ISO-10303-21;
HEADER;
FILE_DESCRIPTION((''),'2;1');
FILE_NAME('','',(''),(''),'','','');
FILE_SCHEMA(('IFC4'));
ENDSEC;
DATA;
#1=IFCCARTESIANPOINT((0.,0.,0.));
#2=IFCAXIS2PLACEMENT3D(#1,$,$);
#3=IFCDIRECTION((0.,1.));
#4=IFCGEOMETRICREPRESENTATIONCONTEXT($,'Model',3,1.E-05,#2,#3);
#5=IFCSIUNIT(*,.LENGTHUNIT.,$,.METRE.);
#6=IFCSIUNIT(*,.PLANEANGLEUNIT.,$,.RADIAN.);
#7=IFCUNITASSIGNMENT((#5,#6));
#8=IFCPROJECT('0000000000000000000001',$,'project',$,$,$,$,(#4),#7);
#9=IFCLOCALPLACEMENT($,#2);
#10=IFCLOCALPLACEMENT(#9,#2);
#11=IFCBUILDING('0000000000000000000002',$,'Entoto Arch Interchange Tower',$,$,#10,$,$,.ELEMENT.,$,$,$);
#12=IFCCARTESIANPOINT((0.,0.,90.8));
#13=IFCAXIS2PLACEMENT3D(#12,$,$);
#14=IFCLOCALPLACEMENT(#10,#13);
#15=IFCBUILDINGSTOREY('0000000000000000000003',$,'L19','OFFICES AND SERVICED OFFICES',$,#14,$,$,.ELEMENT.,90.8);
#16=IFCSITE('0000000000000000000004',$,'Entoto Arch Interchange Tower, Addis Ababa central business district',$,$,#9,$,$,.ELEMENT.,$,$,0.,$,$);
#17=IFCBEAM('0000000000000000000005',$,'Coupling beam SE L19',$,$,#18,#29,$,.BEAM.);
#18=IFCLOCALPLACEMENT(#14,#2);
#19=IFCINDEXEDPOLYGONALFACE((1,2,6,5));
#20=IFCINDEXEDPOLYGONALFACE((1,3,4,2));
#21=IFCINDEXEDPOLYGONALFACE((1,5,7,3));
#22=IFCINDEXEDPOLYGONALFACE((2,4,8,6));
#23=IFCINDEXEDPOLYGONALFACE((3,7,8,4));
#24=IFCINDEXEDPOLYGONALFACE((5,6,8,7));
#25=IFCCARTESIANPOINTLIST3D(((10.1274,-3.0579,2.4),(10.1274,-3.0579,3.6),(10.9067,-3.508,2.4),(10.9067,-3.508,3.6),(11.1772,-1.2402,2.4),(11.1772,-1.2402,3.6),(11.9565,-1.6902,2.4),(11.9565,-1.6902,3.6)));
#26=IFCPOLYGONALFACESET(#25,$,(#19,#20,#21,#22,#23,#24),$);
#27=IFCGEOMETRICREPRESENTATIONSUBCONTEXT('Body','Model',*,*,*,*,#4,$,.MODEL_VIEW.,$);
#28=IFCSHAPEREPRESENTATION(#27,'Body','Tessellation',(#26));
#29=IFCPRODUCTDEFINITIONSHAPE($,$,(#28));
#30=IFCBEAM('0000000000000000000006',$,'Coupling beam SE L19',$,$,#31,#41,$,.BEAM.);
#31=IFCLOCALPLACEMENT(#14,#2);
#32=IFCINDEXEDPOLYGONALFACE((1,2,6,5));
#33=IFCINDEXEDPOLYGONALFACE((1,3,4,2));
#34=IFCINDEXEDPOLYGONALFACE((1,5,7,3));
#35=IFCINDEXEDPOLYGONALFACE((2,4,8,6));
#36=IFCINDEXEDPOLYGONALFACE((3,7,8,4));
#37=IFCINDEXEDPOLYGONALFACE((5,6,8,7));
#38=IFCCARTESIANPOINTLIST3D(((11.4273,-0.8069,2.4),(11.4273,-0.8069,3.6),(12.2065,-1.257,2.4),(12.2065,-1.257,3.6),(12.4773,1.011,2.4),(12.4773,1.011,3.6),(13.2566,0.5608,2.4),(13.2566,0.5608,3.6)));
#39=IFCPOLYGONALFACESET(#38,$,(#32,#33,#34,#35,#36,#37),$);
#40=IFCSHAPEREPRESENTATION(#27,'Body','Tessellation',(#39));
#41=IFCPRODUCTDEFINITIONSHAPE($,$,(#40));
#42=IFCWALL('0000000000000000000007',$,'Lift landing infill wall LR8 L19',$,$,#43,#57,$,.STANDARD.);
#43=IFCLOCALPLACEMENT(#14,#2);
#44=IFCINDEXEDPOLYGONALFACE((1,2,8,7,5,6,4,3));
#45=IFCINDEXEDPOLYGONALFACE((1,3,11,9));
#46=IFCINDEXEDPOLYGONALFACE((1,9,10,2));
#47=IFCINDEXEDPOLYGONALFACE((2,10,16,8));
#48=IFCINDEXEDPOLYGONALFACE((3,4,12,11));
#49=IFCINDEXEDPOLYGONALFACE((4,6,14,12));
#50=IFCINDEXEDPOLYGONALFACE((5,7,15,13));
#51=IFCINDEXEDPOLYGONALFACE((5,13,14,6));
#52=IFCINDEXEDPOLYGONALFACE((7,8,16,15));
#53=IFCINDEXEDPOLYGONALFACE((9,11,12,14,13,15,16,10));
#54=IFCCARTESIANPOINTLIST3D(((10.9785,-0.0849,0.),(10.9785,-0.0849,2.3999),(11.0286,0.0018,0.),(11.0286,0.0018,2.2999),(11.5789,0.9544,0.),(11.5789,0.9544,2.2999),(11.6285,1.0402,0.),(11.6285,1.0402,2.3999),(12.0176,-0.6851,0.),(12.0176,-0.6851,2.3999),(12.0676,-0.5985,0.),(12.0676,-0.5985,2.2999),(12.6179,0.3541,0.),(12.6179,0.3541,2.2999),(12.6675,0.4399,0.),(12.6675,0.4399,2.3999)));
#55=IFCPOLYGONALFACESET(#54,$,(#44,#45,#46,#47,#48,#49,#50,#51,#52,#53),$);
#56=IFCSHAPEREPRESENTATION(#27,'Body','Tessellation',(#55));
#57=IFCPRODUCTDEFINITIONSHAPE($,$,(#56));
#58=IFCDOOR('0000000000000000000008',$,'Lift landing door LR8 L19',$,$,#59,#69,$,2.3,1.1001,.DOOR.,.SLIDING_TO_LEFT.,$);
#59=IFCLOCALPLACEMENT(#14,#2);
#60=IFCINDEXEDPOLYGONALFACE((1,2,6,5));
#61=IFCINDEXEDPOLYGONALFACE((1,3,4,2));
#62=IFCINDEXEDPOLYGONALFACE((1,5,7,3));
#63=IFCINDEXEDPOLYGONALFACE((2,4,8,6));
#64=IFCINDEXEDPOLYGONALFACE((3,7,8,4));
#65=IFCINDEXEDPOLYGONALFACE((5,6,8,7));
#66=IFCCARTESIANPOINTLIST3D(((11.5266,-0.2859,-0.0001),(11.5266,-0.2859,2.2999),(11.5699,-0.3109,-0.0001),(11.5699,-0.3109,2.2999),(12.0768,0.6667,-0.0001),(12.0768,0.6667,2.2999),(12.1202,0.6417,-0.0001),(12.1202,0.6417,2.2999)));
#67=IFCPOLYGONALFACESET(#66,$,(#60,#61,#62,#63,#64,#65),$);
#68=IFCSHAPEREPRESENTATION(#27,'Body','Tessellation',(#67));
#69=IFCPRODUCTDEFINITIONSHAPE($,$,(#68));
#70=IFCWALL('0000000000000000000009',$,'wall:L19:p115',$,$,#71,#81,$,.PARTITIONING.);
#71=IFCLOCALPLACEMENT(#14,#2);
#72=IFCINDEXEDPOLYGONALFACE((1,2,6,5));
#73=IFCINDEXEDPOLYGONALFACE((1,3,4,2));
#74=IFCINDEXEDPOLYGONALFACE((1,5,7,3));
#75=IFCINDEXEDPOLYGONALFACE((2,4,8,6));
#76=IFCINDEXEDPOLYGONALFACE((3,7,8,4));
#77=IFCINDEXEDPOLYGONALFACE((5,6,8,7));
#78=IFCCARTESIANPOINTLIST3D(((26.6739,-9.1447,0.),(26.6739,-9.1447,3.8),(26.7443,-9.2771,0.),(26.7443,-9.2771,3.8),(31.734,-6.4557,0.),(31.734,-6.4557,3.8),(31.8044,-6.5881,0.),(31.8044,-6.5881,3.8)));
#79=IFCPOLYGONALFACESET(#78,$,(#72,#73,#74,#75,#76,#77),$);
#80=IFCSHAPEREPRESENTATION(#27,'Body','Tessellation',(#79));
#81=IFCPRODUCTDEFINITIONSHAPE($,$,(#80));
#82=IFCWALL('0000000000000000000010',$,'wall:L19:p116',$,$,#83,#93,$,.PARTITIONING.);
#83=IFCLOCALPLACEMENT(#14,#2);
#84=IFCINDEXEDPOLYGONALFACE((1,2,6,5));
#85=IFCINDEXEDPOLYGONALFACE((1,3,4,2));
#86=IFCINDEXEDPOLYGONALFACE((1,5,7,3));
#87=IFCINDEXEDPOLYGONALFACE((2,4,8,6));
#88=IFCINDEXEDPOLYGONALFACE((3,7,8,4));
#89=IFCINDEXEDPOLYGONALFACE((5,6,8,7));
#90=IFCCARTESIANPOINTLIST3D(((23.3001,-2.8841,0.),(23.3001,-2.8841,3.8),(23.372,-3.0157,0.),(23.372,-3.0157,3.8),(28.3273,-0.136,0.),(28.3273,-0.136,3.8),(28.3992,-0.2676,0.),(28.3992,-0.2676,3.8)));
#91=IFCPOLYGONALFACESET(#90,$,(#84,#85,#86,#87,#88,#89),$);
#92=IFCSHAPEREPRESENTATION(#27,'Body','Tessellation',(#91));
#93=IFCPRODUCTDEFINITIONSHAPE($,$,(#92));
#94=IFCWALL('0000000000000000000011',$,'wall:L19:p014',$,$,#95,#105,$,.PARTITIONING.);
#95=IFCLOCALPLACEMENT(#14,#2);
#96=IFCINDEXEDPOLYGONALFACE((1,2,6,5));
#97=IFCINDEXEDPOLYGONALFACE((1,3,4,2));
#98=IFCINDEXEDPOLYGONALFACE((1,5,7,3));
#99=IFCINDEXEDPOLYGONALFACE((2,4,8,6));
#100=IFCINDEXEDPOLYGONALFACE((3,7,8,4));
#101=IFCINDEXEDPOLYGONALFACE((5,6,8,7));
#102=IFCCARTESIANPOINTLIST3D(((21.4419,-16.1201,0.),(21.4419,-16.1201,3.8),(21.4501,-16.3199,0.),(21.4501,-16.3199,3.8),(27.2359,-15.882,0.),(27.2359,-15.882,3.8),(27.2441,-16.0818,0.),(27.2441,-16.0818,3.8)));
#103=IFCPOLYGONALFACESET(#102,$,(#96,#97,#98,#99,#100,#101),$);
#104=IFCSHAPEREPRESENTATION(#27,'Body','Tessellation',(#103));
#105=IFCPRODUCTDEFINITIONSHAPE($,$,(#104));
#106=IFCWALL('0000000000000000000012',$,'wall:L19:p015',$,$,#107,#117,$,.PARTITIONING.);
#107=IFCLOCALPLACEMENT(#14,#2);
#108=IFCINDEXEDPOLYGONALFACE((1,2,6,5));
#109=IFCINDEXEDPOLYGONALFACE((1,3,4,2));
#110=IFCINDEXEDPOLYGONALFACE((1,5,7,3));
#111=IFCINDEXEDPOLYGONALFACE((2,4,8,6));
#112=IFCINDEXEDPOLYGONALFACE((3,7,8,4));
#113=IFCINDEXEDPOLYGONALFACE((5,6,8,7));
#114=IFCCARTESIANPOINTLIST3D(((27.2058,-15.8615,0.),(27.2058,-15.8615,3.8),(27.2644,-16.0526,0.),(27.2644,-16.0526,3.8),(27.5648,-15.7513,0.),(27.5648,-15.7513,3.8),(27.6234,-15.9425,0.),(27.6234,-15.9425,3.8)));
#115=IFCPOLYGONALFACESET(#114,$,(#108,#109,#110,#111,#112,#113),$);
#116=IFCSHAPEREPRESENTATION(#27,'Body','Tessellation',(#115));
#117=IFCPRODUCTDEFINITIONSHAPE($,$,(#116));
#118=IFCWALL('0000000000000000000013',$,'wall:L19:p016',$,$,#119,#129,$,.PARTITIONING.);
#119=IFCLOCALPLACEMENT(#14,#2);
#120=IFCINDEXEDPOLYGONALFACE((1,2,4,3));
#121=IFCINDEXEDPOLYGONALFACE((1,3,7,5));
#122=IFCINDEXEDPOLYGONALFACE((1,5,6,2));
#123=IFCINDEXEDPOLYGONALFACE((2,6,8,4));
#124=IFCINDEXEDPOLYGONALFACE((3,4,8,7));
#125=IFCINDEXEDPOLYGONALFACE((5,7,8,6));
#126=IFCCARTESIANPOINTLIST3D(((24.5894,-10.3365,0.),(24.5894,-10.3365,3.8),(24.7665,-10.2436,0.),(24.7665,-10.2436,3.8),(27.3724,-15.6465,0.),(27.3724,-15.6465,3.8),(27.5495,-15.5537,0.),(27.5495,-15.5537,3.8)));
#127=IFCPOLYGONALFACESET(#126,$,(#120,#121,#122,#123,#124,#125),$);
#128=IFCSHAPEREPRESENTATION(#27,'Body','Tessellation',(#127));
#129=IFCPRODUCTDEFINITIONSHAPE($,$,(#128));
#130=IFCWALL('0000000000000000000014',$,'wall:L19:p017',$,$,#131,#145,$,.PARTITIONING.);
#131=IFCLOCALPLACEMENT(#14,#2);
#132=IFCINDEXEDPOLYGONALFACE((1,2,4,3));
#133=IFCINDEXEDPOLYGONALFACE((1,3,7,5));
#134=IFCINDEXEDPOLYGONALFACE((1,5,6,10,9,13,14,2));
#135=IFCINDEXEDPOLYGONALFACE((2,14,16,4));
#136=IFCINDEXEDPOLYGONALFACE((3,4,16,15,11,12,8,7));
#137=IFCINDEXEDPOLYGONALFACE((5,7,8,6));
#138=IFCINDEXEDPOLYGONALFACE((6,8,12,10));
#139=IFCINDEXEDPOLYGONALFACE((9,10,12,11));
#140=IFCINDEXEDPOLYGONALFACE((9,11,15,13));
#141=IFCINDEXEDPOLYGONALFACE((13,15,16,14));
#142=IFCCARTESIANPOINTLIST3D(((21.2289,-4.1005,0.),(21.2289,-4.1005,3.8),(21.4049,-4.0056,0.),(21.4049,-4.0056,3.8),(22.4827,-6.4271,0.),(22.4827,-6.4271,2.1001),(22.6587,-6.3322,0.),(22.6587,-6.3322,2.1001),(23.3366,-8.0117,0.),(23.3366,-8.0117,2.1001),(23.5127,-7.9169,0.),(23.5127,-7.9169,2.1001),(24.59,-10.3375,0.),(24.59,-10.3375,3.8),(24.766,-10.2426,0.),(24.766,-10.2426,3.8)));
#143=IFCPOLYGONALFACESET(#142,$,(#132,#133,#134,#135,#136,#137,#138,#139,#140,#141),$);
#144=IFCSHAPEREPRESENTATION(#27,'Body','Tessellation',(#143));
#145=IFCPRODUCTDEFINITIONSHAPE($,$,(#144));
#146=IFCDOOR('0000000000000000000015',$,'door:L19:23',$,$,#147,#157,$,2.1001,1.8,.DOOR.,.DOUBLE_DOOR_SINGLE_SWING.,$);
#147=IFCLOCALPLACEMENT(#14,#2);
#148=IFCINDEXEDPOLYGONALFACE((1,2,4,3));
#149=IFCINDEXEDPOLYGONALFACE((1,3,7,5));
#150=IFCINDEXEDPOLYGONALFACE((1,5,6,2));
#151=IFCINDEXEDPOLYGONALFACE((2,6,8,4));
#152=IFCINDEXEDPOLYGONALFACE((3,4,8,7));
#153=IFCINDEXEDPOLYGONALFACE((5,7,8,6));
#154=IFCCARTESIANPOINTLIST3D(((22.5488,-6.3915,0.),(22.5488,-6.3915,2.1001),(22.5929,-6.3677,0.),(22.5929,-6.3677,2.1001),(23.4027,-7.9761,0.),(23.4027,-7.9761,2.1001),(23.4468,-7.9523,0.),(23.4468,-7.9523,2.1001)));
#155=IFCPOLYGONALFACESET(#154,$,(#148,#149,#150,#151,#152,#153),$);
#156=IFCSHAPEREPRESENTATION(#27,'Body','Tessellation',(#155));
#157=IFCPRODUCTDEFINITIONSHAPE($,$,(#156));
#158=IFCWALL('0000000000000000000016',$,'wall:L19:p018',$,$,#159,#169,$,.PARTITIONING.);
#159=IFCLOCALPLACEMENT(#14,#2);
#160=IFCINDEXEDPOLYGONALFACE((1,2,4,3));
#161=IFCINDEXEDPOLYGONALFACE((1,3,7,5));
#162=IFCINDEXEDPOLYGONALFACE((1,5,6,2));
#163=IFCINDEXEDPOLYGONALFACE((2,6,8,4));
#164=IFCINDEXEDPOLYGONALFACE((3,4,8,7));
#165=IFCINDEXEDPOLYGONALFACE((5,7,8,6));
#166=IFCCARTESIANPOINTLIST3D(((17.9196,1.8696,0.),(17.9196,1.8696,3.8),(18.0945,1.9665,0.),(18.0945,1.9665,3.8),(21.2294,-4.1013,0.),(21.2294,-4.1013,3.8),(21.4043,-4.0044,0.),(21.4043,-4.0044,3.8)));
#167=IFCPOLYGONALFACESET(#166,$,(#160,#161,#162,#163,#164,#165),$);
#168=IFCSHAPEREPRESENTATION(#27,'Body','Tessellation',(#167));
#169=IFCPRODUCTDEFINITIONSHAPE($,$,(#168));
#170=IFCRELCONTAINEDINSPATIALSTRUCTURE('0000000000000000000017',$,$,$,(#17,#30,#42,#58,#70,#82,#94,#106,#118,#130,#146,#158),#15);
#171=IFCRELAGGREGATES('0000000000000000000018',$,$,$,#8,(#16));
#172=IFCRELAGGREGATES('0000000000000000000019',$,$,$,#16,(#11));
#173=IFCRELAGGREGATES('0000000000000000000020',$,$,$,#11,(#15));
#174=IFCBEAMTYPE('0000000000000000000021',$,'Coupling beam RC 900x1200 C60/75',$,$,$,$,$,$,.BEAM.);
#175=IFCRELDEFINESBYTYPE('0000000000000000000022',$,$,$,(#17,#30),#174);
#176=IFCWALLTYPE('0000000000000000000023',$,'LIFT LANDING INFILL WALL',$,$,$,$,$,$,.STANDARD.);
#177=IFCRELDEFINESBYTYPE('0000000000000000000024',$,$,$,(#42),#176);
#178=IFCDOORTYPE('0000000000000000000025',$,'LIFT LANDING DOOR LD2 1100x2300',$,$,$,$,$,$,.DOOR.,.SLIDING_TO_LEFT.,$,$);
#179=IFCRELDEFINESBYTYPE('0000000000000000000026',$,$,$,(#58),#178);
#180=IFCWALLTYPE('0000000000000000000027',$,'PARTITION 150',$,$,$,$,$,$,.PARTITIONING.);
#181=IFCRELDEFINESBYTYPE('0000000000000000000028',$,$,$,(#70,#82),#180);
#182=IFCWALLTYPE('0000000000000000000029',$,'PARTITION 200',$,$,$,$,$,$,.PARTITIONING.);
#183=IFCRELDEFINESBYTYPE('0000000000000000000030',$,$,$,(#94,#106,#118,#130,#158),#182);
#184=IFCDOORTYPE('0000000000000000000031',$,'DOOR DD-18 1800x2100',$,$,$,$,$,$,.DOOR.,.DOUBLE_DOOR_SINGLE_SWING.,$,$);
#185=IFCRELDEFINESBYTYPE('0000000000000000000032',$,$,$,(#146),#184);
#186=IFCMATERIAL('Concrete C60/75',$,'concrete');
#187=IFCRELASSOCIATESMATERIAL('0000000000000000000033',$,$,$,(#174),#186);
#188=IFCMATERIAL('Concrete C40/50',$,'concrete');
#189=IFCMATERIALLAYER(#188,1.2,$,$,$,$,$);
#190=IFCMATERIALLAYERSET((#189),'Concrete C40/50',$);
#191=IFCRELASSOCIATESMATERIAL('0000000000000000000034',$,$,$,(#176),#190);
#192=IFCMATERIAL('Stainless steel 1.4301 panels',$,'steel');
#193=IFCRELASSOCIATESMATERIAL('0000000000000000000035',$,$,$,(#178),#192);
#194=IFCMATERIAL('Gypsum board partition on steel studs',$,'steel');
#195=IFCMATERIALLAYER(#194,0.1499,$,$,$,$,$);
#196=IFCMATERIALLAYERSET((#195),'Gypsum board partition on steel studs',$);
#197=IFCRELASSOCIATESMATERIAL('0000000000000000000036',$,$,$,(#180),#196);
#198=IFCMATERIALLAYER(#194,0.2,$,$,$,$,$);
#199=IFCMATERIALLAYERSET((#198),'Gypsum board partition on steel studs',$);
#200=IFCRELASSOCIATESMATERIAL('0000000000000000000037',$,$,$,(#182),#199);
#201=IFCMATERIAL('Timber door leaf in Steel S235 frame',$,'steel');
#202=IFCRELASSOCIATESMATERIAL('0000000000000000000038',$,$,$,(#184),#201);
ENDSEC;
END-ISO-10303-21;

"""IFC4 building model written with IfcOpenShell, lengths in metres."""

from ifc_helpers import new_model, si_unit, direction, frame, frame_2d, origin, origin_2d, place, context, subcontext, project, spatial, rectangle, extrude, material, layer, layer_set, material_profile, profile_set, type_object, element, fill, save


model = new_model("IFC4")

# Units and contexts
model_context = context("Model", 3, precision=1e-05, world=origin(), true_north=direction((0.0, 1.0)))
body_context = subcontext(model_context, "Body", "Model", "MODEL_VIEW")
ifc_project = project(units=[si_unit("LENGTHUNIT", "METRE"), si_unit("PLANEANGLEUNIT", "RADIAN")], contexts=[model_context])

# Site, building, storey
site_placement = place(None, origin())
site = spatial("IfcSite", under=ifc_project, at=site_placement, Name="Entoto Arch Interchange Tower, Addis Ababa central business district", CompositionType="ELEMENT", RefElevation=0.0)
building_placement = place(site_placement, origin())
building = spatial("IfcBuilding", under=site, at=building_placement, Name="Entoto Arch Interchange Tower", CompositionType="ELEMENT")
storey_placement = place(building_placement, frame((0.0, 0.0, 90.8)))
storey = spatial("IfcBuildingStorey", under=building, at=storey_placement, Name="L19", Description="OFFICES AND SERVICED OFFICES", CompositionType="ELEMENT", Elevation=90.8)

# Beams
ifc_material_1 = material(Name="Concrete C60/75", Category="concrete")
ifc_material_profile = material_profile(ifc_material_1, rectangle(XDim=0.8999, YDim=1.2, at=origin_2d()))
ifc_profile_set = profile_set([ifc_material_profile], Name="Concrete C60/75")
beam_type = type_object("IfcBeamType", Name="Coupling beam RC 900x1200 C60/75", PredefinedType="BEAM", material=ifc_profile_set)
beam_1_placement = place(storey_placement, frame((10.5171, -3.283, 3.0), z_axis=(0.500092, 0.865973, 0.0), x_axis=(-0.865973, 0.500092, 0.0)))
element("IfcBeam", 1, at=beam_1_placement, inside=storey, type_object=beam_type, Name="Coupling beam SE L19", PredefinedType="BEAM", context=body_context, shape_type="SweptSolid", body=[
    extrude(rectangle(XDim=0.8999, YDim=1.2, at=origin_2d()), origin(), (0.0, 0.0, 1.0), 2.0991),
])
beam_2_placement = place(storey_placement, frame((11.8169, -1.032, 3.0), z_axis=(0.500179, 0.865922, 0.0), x_axis=(-0.865922, 0.500179, 0.0)))
element("IfcBeam", 2, at=beam_2_placement, inside=storey, type_object=beam_type, Name="Coupling beam SE L19", PredefinedType="BEAM", context=body_context, shape_type="SweptSolid", body=[
    extrude(rectangle(XDim=0.8999, YDim=1.2, at=origin_2d()), origin(), (0.0, 0.0, 1.0), 2.0994),
])

# Wall, opening, door
ifc_material_2 = material(Name="Concrete C40/50", Category="concrete")
ifc_layer_1 = layer(ifc_material_2, 1.2)
ifc_layer_set_1 = layer_set([ifc_layer_1], Name="Concrete C40/50")
wall_type_1 = type_object("IfcWallType", Name="LIFT LANDING INFILL WALL", PredefinedType="STANDARD", material=ifc_layer_set_1)
wall_1_placement = place(storey_placement, frame((11.498, -0.385, 0.0), z_axis=(0.0, 0.0, 1.0), x_axis=(0.500221, 0.865898, 0.0)))
wall_1 = element("IfcWall", 3, at=wall_1_placement, inside=storey, type_object=wall_type_1, Name="Lift landing infill wall LR8 L19", PredefinedType="STANDARD", context=body_context, shape_type="SweptSolid", body=[
    extrude(rectangle(XDim=1.2993, YDim=1.2, at=frame_2d((0.6497, 0.0))), origin(), (0.0, 0.0, 1.0), 2.3999),
])
opening_1_placement = place(wall_1_placement, frame((0.1001, 0.0, 0.0)))
opening_1 = element("IfcOpeningElement", 4, at=opening_1_placement, cuts=wall_1, PredefinedType="OPENING", context=body_context, shape_type="SweptSolid", body=[
    extrude(rectangle(XDim=1.1001, YDim=2.3, at=frame_2d((0.55, 1.1499))), frame((0.0, 0.6099, 0.0), z_axis=(0.0, -1.0, 0.0), x_axis=(1.0, 0.0, 0.0)), (0.0, 0.0, 1.0), 1.22),
])
ifc_material_3 = material(Name="Stainless steel 1.4301 panels", Category="steel")
door_type_1 = type_object("IfcDoorType", Name="LIFT LANDING DOOR LD2 1100x2300", OperationType="SLIDING_TO_LEFT", PredefinedType="DOOR", material=ifc_material_3)
door_1_placement = place(opening_1_placement, origin())
door_1 = element("IfcDoor", 5, at=door_1_placement, inside=storey, type_object=door_type_1, Name="Lift landing door LR8 L19", OperationType="SLIDING_TO_LEFT", OverallHeight=2.3, OverallWidth=1.1001, PredefinedType="DOOR", context=body_context, shape_type="SweptSolid", body=[
    extrude(rectangle(XDim=1.1001, YDim=2.3, at=frame_2d((0.55, 1.1499))), frame((0.0, 0.0249, 0.0), z_axis=(0.0, -1.0, 0.0), x_axis=(1.0, 0.0, 0.0)), (0.0, 0.0, 1.0), 0.05),
])
fill(opening_1, door_1)

# Walls
ifc_material_4 = material(Name="Gypsum board partition on steel studs", Category="steel")
ifc_layer_2 = layer(ifc_material_4, 0.1499)
ifc_layer_set_2 = layer_set([ifc_layer_2], Name="Gypsum board partition on steel studs")
wall_type_2 = type_object("IfcWallType", Name="PARTITION 150", PredefinedType="PARTITIONING", material=ifc_layer_set_2)
wall_2_placement = place(storey_placement, frame((26.709, -9.2109, 0.0), z_axis=(0.0, 0.0, 1.0), x_axis=(0.883057, 0.469265, 0.0)))
element("IfcWall", 6, at=wall_2_placement, inside=storey, type_object=wall_type_2, Name="wall:L19:p115", PredefinedType="PARTITIONING", context=body_context, shape_type="SweptSolid", body=[
    extrude(rectangle(XDim=5.7302, YDim=0.1499, at=frame_2d((2.8652, 0.0))), origin(), (0.0, 0.0, 1.0), 3.8),
])
wall_3_placement = place(storey_placement, frame((23.3359, -2.95, 0.0), z_axis=(0.0, 0.0, 1.0), x_axis=(0.877455, 0.479658, 0.0)))
element("IfcWall", 7, at=wall_3_placement, inside=storey, type_object=wall_type_2, Name="wall:L19:p116", PredefinedType="PARTITIONING", context=body_context, shape_type="SweptSolid", body=[
    extrude(rectangle(XDim=5.7292, YDim=0.1499, at=frame_2d((2.8647, 0.0))), origin(), (0.0, 0.0, 1.0), 3.8),
])
ifc_layer_3 = layer(ifc_material_4, 0.2)
ifc_layer_set_3 = layer_set([ifc_layer_3], Name="Gypsum board partition on steel studs")
wall_type_3 = type_object("IfcWallType", Name="PARTITION 200", PredefinedType="PARTITIONING", material=ifc_layer_set_3)
wall_4_placement = place(storey_placement, frame((21.446, -16.22, 0.0), z_axis=(0.0, 0.0, 1.0), x_axis=(0.999157, 0.041049, 0.0)))
element("IfcWall", 8, at=wall_4_placement, inside=storey, type_object=wall_type_3, Name="wall:L19:p014", PredefinedType="PARTITIONING", context=body_context, shape_type="SweptSolid", body=[
    extrude(rectangle(XDim=5.7988, YDim=0.2, at=frame_2d((2.8994, 0.0))), origin(), (0.0, 0.0, 1.0), 3.8),
])
wall_5_placement = place(storey_placement, frame((27.2351, -15.957, 0.0), z_axis=(0.0, 0.0, 1.0), x_axis=(0.956018, 0.293309, 0.0)))
element("IfcWall", 9, at=wall_5_placement, inside=storey, type_object=wall_type_3, Name="wall:L19:p015", PredefinedType="PARTITIONING", context=body_context, shape_type="SweptSolid", body=[
    extrude(rectangle(XDim=0.3755, YDim=0.2, at=frame_2d((0.1877, 0.0))), origin(), (0.0, 0.0, 1.0), 3.8),
])
wall_6_placement = place(storey_placement, frame((27.4609, -15.6001, 0.0), z_axis=(0.0, 0.0, 1.0), x_axis=(-0.464203, 0.885729, 0.0)))
element("IfcWall", 10, at=wall_6_placement, inside=storey, type_object=wall_type_3, Name="wall:L19:p016", PredefinedType="PARTITIONING", context=body_context, shape_type="SweptSolid", body=[
    extrude(rectangle(XDim=5.9951, YDim=0.2, at=frame_2d((2.9976, 0.0))), origin(), (0.0, 0.0, 1.0), 3.8),
])

# Wall, opening, door
wall_7_placement = place(storey_placement, frame((24.678, -10.29, 0.0), z_axis=(0.0, 0.0, 1.0), x_axis=(-0.474392, 0.880314, 0.0)))
wall_7 = element("IfcWall", 11, at=wall_7_placement, inside=storey, type_object=wall_type_3, Name="wall:L19:p017", PredefinedType="PARTITIONING", context=body_context, shape_type="SweptSolid", body=[
    extrude(rectangle(XDim=7.085, YDim=0.2, at=frame_2d((3.5425, 0.0))), origin(), (0.0, 0.0, 1.0), 3.8),
])
opening_2_placement = place(wall_7_placement, frame((2.6421, 0.0, 0.0)))
opening_2 = element("IfcOpeningElement", 12, at=opening_2_placement, cuts=wall_7, PredefinedType="OPENING", context=body_context, shape_type="SweptSolid", body=[
    extrude(rectangle(XDim=1.8, YDim=2.1001, at=frame_2d((0.8999, 1.05))), frame((0.0, 0.1099, 0.0), z_axis=(0.0, -1.0, 0.0), x_axis=(1.0, 0.0, 0.0)), (0.0, 0.0, 1.0), 0.22),
])
ifc_material_5 = material(Name="Timber door leaf in Steel S235 frame", Category="steel")
door_type_2 = type_object("IfcDoorType", Name="DOOR DD-18 1800x2100", OperationType="DOUBLE_DOOR_SINGLE_SWING", PredefinedType="DOOR", material=ifc_material_5)
door_2_placement = place(opening_2_placement, origin())
door_2 = element("IfcDoor", 13, at=door_2_placement, inside=storey, type_object=door_type_2, Name="door:L19:23", OperationType="DOUBLE_DOOR_SINGLE_SWING", OverallHeight=2.1001, OverallWidth=1.8, PredefinedType="DOOR", context=body_context, shape_type="SweptSolid", body=[
    extrude(rectangle(XDim=1.8, YDim=2.1001, at=frame_2d((0.8999, 1.05))), frame((0.0, 0.0249, 0.0), z_axis=(0.0, -1.0, 0.0), x_axis=(1.0, 0.0, 0.0)), (0.0, 0.0, 1.0), 0.05),
])
fill(opening_2, door_2)

# Wall
wall_8_placement = place(storey_placement, frame((21.3169, -4.053, 0.0), z_axis=(0.0, 0.0, 1.0), x_axis=(-0.484817, 0.874616, 0.0)))
element("IfcWall", 14, at=wall_8_placement, inside=storey, type_object=wall_type_3, Name="wall:L19:p018", PredefinedType="PARTITIONING", context=body_context, shape_type="SweptSolid", body=[
    extrude(rectangle(XDim=6.8269, YDim=0.2, at=frame_2d((3.4136, 0.0))), origin(), (0.0, 0.0, 1.0), 3.8),
])

save(model, "model.ifc")
